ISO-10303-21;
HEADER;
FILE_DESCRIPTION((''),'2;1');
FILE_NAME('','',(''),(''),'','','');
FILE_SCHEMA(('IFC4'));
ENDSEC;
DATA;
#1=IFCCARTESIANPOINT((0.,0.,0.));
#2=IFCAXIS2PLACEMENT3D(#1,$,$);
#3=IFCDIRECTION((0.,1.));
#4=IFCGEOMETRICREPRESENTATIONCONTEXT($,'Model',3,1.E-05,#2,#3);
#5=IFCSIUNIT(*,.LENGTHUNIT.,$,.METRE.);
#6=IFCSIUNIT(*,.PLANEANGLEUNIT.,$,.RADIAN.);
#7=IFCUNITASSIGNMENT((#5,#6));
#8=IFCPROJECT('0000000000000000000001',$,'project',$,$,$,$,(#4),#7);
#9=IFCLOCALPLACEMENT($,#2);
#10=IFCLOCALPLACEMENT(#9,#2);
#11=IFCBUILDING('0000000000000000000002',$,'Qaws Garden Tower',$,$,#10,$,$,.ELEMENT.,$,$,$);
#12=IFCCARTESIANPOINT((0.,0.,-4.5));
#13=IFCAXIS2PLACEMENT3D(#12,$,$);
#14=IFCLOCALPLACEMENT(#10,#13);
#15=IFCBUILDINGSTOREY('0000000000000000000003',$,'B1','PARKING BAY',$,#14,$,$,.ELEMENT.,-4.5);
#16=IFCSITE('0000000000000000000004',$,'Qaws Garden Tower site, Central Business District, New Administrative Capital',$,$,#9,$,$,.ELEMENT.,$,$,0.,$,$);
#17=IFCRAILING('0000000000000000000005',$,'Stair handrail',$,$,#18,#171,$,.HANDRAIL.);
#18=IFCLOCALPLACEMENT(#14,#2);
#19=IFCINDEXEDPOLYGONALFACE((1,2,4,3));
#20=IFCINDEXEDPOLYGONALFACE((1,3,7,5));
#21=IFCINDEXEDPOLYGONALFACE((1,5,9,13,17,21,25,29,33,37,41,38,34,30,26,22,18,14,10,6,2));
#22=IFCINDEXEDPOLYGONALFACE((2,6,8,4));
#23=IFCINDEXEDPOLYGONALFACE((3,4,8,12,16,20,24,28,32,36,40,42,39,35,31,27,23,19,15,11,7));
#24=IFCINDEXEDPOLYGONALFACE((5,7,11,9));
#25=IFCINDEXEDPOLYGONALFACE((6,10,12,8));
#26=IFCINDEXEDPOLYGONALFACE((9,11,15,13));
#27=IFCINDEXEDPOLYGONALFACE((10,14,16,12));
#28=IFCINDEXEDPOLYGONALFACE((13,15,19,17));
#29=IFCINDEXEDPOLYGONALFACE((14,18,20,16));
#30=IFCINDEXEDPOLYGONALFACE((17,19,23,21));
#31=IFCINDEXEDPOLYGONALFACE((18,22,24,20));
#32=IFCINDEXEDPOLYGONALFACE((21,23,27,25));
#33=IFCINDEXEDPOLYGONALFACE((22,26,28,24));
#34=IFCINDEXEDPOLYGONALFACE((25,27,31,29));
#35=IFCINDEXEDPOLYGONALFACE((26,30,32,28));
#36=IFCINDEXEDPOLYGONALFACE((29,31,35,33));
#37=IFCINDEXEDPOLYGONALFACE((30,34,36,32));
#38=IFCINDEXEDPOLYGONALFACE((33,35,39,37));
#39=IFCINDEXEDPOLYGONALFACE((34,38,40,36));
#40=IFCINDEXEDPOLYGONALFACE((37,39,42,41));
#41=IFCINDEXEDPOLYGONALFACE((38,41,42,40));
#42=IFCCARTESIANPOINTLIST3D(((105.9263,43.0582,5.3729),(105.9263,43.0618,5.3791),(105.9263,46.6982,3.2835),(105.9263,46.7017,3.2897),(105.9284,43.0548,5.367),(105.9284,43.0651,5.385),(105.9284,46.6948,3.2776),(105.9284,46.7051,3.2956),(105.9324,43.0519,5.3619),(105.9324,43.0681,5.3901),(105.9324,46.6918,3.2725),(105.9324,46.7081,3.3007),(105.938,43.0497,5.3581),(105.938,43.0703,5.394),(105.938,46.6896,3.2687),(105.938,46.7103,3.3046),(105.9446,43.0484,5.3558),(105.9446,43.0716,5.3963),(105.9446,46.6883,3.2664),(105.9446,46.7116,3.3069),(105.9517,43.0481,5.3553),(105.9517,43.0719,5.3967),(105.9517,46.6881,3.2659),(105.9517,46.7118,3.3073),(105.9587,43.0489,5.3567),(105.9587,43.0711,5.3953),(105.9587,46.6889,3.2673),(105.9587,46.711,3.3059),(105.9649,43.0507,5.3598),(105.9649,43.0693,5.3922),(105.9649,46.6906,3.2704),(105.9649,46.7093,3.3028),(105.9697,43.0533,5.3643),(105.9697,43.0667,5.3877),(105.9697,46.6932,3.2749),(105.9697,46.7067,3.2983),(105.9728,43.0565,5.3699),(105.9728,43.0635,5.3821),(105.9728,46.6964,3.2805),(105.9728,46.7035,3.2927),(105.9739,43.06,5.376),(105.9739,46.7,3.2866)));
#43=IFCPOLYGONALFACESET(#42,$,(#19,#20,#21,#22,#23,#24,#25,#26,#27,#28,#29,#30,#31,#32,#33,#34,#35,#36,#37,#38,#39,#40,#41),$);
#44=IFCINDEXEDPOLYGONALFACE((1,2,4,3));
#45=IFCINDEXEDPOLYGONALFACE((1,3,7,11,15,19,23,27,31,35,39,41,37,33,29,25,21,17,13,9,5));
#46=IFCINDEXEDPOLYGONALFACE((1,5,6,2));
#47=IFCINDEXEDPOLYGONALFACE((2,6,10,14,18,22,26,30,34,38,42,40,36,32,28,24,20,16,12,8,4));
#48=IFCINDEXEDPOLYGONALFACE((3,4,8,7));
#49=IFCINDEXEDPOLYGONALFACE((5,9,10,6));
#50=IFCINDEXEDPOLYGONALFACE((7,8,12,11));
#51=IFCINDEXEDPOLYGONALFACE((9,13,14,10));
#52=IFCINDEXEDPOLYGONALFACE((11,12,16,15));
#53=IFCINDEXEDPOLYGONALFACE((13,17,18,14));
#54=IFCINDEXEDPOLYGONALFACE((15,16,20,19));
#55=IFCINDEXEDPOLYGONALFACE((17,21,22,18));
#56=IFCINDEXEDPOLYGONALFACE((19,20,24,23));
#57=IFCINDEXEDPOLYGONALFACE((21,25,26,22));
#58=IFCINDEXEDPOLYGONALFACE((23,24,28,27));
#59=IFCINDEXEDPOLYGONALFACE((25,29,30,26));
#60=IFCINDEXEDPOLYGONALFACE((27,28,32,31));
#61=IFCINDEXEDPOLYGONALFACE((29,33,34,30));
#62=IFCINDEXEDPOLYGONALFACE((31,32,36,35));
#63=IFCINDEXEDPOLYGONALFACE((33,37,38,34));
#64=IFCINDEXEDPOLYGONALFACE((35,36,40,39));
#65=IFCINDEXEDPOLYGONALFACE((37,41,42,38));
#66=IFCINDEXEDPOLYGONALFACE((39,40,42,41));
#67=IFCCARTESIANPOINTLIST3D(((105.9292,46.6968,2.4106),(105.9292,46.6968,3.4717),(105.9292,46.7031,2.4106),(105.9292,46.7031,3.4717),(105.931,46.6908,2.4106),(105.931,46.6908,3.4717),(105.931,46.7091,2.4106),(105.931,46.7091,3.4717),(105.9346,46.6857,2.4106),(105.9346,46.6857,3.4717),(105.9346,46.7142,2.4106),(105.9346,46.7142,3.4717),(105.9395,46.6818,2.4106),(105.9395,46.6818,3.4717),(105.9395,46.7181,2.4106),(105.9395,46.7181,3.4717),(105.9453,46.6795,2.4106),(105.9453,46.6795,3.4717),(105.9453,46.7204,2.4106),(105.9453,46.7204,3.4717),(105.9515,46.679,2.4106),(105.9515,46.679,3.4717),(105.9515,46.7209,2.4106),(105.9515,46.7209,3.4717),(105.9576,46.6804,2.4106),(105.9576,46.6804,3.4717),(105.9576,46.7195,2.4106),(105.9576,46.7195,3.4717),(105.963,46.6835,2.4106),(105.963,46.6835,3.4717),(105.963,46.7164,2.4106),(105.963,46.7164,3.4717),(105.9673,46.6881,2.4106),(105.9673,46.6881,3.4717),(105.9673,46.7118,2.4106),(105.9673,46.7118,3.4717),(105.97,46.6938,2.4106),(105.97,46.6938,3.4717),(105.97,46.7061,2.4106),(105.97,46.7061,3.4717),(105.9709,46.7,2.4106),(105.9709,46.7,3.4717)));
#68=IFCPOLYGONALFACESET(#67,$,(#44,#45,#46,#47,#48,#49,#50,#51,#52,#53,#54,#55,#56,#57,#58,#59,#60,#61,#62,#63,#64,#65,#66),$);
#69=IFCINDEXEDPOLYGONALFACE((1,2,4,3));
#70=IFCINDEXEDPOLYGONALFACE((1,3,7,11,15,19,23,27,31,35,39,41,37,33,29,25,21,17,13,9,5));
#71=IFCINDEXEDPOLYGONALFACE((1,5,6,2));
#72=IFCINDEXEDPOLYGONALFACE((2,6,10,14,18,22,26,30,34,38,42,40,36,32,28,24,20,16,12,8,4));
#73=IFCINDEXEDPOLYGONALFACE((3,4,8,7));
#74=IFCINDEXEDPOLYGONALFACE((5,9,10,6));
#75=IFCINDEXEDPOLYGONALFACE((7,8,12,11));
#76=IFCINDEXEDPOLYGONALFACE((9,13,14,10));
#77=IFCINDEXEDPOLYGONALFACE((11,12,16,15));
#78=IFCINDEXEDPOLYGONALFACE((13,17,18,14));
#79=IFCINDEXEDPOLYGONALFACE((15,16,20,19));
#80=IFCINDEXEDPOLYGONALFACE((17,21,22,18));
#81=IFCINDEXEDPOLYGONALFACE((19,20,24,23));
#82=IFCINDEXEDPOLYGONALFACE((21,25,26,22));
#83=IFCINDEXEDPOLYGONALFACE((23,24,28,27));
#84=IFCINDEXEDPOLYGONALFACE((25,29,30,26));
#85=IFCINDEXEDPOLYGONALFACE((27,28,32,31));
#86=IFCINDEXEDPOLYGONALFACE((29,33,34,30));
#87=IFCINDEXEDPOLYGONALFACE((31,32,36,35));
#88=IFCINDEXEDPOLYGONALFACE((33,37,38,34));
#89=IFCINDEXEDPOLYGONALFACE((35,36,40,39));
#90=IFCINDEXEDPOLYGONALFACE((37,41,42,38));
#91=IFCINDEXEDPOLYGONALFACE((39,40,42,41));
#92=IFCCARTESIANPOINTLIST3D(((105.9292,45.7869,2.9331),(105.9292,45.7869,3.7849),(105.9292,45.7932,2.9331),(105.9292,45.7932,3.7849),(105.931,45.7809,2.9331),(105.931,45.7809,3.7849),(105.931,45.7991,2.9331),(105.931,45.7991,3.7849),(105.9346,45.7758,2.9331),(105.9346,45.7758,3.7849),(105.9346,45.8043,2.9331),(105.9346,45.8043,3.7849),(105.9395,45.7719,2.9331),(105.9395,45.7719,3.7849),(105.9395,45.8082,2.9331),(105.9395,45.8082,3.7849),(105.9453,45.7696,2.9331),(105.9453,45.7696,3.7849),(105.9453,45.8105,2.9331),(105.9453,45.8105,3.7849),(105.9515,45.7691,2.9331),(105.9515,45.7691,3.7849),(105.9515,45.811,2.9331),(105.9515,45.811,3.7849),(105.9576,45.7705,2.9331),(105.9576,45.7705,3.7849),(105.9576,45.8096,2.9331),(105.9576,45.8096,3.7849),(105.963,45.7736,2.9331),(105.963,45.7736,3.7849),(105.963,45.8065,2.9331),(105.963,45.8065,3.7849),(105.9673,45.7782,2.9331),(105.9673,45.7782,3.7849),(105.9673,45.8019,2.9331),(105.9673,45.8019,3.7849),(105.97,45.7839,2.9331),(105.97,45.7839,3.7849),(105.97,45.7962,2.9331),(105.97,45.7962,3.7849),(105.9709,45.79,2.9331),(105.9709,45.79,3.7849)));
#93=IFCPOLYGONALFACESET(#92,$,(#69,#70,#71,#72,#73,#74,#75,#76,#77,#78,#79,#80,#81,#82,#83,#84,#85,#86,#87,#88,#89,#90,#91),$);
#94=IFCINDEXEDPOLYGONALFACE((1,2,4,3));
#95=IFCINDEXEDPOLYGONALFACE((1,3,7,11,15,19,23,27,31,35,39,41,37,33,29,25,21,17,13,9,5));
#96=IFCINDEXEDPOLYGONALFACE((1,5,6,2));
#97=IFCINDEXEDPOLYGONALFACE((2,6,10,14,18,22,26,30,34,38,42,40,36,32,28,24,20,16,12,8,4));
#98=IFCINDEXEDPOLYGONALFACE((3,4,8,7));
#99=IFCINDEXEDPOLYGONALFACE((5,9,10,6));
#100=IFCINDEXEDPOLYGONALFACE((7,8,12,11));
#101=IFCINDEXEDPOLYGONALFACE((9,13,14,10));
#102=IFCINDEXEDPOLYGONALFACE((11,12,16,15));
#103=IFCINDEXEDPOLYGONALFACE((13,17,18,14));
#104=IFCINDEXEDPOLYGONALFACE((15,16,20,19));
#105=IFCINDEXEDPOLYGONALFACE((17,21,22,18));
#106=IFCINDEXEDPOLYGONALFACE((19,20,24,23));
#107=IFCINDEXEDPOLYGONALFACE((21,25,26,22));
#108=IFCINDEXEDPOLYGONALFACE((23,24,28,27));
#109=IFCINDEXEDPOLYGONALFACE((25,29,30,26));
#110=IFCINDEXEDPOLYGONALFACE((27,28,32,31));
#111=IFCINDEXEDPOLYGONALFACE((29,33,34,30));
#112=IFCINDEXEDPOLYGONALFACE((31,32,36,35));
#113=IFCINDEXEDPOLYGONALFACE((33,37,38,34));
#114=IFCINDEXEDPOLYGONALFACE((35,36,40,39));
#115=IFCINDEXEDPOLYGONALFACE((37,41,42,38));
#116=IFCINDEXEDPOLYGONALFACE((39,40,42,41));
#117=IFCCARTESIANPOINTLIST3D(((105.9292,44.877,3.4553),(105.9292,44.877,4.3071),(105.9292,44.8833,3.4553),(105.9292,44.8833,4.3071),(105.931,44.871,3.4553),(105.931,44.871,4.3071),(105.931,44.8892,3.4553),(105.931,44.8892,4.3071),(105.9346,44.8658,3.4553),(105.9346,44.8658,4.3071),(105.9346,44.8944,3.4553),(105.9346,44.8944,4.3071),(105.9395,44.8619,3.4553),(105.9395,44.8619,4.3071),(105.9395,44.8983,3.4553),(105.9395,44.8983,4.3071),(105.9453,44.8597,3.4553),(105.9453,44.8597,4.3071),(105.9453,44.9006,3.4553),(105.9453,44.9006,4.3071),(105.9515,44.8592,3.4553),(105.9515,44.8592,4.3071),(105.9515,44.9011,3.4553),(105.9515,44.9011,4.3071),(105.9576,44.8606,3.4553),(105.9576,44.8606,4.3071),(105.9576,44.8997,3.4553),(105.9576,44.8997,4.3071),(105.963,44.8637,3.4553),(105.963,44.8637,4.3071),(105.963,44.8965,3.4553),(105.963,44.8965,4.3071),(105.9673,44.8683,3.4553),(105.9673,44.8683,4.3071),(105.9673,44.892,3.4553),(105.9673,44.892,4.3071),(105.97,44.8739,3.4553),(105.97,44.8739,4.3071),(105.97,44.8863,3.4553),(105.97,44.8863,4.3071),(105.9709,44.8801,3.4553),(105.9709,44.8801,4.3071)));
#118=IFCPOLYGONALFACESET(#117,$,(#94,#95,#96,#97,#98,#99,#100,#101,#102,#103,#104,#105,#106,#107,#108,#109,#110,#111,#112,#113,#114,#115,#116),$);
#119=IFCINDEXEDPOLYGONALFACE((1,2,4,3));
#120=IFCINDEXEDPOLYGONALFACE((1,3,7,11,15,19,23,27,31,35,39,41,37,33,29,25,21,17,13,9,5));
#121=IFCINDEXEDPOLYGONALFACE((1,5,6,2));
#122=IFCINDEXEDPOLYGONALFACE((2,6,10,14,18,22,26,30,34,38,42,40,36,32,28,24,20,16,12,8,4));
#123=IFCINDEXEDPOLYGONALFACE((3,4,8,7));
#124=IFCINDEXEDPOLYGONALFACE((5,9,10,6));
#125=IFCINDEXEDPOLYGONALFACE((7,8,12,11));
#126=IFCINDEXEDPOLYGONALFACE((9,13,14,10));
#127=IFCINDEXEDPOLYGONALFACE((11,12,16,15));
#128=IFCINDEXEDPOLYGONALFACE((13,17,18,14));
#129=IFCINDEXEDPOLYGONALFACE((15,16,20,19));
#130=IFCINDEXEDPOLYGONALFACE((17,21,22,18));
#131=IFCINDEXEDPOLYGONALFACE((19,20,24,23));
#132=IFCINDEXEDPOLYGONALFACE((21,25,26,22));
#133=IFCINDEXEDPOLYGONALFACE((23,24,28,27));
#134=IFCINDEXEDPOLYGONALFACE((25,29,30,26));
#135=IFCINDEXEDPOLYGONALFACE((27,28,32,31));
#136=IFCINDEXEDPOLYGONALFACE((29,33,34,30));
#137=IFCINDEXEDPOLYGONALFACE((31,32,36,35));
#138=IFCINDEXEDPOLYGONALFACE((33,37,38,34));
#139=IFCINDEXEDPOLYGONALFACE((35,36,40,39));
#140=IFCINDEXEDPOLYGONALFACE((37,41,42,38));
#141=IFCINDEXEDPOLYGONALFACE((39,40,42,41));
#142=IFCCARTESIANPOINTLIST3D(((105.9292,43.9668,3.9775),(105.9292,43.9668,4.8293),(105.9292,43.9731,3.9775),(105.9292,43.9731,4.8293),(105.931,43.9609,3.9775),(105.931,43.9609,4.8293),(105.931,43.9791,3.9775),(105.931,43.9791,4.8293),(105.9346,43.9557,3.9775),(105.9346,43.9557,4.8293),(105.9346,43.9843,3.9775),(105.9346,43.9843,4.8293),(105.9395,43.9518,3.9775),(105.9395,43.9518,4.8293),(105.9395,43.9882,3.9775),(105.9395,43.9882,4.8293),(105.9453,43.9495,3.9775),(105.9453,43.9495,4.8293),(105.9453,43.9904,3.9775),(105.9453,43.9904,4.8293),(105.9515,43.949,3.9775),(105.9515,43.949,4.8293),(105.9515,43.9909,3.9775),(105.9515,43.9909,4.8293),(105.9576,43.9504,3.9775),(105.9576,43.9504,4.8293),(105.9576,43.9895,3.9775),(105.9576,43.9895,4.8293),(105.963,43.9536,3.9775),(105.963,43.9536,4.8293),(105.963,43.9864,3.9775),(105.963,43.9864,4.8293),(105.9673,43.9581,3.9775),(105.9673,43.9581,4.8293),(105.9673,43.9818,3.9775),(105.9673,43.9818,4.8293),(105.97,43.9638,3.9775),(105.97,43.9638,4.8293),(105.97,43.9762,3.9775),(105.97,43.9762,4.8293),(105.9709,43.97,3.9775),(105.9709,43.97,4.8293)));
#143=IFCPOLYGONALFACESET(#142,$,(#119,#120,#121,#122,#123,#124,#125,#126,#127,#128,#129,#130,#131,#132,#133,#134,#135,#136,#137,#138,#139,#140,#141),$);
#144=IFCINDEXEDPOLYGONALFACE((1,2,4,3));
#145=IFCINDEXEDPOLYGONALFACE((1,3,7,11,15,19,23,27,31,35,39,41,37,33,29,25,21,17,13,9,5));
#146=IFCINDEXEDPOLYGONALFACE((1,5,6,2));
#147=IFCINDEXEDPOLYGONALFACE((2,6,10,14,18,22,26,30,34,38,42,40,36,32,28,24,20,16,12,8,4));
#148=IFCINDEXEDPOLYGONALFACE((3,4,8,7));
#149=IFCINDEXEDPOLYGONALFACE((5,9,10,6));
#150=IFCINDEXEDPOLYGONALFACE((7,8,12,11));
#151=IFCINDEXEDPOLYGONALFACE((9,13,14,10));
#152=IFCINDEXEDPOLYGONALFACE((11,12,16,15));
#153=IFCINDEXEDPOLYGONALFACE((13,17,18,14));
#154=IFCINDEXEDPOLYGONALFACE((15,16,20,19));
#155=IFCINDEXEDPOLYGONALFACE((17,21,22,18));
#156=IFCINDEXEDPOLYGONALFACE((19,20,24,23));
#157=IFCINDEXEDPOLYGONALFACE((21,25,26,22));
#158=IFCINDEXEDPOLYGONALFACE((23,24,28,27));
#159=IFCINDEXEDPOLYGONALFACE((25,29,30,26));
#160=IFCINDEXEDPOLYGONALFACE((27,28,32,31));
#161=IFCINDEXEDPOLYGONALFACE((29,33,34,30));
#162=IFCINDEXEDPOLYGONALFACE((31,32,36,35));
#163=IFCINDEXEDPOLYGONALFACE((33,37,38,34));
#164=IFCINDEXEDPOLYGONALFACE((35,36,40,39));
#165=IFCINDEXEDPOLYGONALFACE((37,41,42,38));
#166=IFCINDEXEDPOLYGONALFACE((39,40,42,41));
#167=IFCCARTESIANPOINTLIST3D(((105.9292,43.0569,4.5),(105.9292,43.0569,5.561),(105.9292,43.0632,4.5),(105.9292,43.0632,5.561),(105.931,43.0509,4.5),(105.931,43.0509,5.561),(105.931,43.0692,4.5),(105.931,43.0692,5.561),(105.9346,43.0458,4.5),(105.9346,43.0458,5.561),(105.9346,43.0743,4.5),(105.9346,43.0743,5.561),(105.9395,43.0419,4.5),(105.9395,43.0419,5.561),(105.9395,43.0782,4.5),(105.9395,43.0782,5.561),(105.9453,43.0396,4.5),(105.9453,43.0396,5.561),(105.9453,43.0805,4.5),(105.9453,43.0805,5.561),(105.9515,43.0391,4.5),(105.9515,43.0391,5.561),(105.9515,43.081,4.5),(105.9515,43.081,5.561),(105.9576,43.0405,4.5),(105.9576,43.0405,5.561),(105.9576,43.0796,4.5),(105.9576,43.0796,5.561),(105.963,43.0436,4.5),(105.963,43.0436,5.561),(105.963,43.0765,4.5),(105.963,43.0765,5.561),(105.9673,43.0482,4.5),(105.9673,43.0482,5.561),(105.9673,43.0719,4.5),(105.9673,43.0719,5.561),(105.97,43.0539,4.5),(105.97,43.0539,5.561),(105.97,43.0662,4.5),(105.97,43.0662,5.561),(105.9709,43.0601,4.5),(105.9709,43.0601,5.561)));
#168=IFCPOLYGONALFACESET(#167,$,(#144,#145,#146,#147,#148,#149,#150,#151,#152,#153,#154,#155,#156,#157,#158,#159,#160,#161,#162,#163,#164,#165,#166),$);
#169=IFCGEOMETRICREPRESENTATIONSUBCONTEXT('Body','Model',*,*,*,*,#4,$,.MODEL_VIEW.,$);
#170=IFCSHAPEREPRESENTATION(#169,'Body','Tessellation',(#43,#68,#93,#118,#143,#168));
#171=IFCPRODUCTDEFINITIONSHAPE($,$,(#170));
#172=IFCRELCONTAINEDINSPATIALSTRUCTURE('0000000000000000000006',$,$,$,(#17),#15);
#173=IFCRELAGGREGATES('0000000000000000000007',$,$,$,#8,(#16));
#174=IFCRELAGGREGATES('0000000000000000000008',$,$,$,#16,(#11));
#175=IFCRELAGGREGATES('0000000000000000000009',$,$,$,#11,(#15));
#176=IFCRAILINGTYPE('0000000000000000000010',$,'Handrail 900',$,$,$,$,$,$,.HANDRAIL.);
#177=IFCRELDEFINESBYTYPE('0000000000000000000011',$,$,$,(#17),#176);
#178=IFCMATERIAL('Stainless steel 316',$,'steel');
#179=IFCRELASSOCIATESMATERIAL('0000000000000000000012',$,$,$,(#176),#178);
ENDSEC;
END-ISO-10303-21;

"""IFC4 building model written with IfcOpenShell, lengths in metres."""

from ifc_helpers import new_model, si_unit, direction, frame, origin, origin_2d, place, context, subcontext, project, spatial, circle, extrude, material, type_object, element, save


model = new_model("IFC4")

# Units and contexts
model_context = context("Model", 3, precision=1e-05, world=origin(), true_north=direction((0.0, 1.0)))
body_context = subcontext(model_context, "Body", "Model", "MODEL_VIEW")
ifc_project = project(units=[si_unit("LENGTHUNIT", "METRE"), si_unit("PLANEANGLEUNIT", "RADIAN")], contexts=[model_context])

# Site, building, storey
site_placement = place(None, origin())
site = spatial("IfcSite", under=ifc_project, at=site_placement, Name="Qaws Garden Tower site, Central Business District, New Administrative Capital", CompositionType="ELEMENT", RefElevation=0.0)
building_placement = place(site_placement, origin())
building = spatial("IfcBuilding", under=site, at=building_placement, Name="Qaws Garden Tower", CompositionType="ELEMENT")
storey_placement = place(building_placement, frame((0.0, 0.0, -4.5)))
storey = spatial("IfcBuildingStorey", under=building, at=storey_placement, Name="B1", Description="PARKING BAY", CompositionType="ELEMENT", Elevation=-4.5)

# Railing
ifc_material_1 = material(Name="Stainless steel 316", Category="steel")
railing_type_1 = type_object("IfcRailingType", Name="Handrail 900", PredefinedType="HANDRAIL", material=ifc_material_1)
for number, where, name in (
    (1, (105.95, 46.7, 2.4106), "Stair handrail"),
):
    element("IfcRailing", number, at=place(storey_placement, frame(where)), inside=storey, type_object=railing_type_1, Name=name, PredefinedType="HANDRAIL", context=body_context, shape_type="SweptSolid", body=[
        extrude(circle(Radius=0.0239, at=origin_2d()), frame((0.0, 0.0, 0.876), z_axis=(0.0, -0.867275, 0.497829), x_axis=(1.0, 0.0, 0.0)), (0.0, 0.0, 1.0), 4.197),
        extrude(circle(Radius=0.021, at=origin_2d()), origin(), (0.0, 0.0, 1.0), 1.061),
        extrude(circle(Radius=0.021, at=origin_2d()), frame((0.0, -0.9099, 0.5225)), (0.0, 0.0, 1.0), 0.8518),
        extrude(circle(Radius=0.021, at=origin_2d()), frame((0.0, -1.8198, 1.0447)), (0.0, 0.0, 1.0), 0.8518),
        extrude(circle(Radius=0.021, at=origin_2d()), frame((0.0, -2.73, 1.5669)), (0.0, 0.0, 1.0), 0.8518),
        extrude(circle(Radius=0.021, at=origin_2d()), frame((0.0, -3.6399, 2.0894)), (0.0, 0.0, 1.0), 1.061),
    ])

save(model, "model.ifc")
